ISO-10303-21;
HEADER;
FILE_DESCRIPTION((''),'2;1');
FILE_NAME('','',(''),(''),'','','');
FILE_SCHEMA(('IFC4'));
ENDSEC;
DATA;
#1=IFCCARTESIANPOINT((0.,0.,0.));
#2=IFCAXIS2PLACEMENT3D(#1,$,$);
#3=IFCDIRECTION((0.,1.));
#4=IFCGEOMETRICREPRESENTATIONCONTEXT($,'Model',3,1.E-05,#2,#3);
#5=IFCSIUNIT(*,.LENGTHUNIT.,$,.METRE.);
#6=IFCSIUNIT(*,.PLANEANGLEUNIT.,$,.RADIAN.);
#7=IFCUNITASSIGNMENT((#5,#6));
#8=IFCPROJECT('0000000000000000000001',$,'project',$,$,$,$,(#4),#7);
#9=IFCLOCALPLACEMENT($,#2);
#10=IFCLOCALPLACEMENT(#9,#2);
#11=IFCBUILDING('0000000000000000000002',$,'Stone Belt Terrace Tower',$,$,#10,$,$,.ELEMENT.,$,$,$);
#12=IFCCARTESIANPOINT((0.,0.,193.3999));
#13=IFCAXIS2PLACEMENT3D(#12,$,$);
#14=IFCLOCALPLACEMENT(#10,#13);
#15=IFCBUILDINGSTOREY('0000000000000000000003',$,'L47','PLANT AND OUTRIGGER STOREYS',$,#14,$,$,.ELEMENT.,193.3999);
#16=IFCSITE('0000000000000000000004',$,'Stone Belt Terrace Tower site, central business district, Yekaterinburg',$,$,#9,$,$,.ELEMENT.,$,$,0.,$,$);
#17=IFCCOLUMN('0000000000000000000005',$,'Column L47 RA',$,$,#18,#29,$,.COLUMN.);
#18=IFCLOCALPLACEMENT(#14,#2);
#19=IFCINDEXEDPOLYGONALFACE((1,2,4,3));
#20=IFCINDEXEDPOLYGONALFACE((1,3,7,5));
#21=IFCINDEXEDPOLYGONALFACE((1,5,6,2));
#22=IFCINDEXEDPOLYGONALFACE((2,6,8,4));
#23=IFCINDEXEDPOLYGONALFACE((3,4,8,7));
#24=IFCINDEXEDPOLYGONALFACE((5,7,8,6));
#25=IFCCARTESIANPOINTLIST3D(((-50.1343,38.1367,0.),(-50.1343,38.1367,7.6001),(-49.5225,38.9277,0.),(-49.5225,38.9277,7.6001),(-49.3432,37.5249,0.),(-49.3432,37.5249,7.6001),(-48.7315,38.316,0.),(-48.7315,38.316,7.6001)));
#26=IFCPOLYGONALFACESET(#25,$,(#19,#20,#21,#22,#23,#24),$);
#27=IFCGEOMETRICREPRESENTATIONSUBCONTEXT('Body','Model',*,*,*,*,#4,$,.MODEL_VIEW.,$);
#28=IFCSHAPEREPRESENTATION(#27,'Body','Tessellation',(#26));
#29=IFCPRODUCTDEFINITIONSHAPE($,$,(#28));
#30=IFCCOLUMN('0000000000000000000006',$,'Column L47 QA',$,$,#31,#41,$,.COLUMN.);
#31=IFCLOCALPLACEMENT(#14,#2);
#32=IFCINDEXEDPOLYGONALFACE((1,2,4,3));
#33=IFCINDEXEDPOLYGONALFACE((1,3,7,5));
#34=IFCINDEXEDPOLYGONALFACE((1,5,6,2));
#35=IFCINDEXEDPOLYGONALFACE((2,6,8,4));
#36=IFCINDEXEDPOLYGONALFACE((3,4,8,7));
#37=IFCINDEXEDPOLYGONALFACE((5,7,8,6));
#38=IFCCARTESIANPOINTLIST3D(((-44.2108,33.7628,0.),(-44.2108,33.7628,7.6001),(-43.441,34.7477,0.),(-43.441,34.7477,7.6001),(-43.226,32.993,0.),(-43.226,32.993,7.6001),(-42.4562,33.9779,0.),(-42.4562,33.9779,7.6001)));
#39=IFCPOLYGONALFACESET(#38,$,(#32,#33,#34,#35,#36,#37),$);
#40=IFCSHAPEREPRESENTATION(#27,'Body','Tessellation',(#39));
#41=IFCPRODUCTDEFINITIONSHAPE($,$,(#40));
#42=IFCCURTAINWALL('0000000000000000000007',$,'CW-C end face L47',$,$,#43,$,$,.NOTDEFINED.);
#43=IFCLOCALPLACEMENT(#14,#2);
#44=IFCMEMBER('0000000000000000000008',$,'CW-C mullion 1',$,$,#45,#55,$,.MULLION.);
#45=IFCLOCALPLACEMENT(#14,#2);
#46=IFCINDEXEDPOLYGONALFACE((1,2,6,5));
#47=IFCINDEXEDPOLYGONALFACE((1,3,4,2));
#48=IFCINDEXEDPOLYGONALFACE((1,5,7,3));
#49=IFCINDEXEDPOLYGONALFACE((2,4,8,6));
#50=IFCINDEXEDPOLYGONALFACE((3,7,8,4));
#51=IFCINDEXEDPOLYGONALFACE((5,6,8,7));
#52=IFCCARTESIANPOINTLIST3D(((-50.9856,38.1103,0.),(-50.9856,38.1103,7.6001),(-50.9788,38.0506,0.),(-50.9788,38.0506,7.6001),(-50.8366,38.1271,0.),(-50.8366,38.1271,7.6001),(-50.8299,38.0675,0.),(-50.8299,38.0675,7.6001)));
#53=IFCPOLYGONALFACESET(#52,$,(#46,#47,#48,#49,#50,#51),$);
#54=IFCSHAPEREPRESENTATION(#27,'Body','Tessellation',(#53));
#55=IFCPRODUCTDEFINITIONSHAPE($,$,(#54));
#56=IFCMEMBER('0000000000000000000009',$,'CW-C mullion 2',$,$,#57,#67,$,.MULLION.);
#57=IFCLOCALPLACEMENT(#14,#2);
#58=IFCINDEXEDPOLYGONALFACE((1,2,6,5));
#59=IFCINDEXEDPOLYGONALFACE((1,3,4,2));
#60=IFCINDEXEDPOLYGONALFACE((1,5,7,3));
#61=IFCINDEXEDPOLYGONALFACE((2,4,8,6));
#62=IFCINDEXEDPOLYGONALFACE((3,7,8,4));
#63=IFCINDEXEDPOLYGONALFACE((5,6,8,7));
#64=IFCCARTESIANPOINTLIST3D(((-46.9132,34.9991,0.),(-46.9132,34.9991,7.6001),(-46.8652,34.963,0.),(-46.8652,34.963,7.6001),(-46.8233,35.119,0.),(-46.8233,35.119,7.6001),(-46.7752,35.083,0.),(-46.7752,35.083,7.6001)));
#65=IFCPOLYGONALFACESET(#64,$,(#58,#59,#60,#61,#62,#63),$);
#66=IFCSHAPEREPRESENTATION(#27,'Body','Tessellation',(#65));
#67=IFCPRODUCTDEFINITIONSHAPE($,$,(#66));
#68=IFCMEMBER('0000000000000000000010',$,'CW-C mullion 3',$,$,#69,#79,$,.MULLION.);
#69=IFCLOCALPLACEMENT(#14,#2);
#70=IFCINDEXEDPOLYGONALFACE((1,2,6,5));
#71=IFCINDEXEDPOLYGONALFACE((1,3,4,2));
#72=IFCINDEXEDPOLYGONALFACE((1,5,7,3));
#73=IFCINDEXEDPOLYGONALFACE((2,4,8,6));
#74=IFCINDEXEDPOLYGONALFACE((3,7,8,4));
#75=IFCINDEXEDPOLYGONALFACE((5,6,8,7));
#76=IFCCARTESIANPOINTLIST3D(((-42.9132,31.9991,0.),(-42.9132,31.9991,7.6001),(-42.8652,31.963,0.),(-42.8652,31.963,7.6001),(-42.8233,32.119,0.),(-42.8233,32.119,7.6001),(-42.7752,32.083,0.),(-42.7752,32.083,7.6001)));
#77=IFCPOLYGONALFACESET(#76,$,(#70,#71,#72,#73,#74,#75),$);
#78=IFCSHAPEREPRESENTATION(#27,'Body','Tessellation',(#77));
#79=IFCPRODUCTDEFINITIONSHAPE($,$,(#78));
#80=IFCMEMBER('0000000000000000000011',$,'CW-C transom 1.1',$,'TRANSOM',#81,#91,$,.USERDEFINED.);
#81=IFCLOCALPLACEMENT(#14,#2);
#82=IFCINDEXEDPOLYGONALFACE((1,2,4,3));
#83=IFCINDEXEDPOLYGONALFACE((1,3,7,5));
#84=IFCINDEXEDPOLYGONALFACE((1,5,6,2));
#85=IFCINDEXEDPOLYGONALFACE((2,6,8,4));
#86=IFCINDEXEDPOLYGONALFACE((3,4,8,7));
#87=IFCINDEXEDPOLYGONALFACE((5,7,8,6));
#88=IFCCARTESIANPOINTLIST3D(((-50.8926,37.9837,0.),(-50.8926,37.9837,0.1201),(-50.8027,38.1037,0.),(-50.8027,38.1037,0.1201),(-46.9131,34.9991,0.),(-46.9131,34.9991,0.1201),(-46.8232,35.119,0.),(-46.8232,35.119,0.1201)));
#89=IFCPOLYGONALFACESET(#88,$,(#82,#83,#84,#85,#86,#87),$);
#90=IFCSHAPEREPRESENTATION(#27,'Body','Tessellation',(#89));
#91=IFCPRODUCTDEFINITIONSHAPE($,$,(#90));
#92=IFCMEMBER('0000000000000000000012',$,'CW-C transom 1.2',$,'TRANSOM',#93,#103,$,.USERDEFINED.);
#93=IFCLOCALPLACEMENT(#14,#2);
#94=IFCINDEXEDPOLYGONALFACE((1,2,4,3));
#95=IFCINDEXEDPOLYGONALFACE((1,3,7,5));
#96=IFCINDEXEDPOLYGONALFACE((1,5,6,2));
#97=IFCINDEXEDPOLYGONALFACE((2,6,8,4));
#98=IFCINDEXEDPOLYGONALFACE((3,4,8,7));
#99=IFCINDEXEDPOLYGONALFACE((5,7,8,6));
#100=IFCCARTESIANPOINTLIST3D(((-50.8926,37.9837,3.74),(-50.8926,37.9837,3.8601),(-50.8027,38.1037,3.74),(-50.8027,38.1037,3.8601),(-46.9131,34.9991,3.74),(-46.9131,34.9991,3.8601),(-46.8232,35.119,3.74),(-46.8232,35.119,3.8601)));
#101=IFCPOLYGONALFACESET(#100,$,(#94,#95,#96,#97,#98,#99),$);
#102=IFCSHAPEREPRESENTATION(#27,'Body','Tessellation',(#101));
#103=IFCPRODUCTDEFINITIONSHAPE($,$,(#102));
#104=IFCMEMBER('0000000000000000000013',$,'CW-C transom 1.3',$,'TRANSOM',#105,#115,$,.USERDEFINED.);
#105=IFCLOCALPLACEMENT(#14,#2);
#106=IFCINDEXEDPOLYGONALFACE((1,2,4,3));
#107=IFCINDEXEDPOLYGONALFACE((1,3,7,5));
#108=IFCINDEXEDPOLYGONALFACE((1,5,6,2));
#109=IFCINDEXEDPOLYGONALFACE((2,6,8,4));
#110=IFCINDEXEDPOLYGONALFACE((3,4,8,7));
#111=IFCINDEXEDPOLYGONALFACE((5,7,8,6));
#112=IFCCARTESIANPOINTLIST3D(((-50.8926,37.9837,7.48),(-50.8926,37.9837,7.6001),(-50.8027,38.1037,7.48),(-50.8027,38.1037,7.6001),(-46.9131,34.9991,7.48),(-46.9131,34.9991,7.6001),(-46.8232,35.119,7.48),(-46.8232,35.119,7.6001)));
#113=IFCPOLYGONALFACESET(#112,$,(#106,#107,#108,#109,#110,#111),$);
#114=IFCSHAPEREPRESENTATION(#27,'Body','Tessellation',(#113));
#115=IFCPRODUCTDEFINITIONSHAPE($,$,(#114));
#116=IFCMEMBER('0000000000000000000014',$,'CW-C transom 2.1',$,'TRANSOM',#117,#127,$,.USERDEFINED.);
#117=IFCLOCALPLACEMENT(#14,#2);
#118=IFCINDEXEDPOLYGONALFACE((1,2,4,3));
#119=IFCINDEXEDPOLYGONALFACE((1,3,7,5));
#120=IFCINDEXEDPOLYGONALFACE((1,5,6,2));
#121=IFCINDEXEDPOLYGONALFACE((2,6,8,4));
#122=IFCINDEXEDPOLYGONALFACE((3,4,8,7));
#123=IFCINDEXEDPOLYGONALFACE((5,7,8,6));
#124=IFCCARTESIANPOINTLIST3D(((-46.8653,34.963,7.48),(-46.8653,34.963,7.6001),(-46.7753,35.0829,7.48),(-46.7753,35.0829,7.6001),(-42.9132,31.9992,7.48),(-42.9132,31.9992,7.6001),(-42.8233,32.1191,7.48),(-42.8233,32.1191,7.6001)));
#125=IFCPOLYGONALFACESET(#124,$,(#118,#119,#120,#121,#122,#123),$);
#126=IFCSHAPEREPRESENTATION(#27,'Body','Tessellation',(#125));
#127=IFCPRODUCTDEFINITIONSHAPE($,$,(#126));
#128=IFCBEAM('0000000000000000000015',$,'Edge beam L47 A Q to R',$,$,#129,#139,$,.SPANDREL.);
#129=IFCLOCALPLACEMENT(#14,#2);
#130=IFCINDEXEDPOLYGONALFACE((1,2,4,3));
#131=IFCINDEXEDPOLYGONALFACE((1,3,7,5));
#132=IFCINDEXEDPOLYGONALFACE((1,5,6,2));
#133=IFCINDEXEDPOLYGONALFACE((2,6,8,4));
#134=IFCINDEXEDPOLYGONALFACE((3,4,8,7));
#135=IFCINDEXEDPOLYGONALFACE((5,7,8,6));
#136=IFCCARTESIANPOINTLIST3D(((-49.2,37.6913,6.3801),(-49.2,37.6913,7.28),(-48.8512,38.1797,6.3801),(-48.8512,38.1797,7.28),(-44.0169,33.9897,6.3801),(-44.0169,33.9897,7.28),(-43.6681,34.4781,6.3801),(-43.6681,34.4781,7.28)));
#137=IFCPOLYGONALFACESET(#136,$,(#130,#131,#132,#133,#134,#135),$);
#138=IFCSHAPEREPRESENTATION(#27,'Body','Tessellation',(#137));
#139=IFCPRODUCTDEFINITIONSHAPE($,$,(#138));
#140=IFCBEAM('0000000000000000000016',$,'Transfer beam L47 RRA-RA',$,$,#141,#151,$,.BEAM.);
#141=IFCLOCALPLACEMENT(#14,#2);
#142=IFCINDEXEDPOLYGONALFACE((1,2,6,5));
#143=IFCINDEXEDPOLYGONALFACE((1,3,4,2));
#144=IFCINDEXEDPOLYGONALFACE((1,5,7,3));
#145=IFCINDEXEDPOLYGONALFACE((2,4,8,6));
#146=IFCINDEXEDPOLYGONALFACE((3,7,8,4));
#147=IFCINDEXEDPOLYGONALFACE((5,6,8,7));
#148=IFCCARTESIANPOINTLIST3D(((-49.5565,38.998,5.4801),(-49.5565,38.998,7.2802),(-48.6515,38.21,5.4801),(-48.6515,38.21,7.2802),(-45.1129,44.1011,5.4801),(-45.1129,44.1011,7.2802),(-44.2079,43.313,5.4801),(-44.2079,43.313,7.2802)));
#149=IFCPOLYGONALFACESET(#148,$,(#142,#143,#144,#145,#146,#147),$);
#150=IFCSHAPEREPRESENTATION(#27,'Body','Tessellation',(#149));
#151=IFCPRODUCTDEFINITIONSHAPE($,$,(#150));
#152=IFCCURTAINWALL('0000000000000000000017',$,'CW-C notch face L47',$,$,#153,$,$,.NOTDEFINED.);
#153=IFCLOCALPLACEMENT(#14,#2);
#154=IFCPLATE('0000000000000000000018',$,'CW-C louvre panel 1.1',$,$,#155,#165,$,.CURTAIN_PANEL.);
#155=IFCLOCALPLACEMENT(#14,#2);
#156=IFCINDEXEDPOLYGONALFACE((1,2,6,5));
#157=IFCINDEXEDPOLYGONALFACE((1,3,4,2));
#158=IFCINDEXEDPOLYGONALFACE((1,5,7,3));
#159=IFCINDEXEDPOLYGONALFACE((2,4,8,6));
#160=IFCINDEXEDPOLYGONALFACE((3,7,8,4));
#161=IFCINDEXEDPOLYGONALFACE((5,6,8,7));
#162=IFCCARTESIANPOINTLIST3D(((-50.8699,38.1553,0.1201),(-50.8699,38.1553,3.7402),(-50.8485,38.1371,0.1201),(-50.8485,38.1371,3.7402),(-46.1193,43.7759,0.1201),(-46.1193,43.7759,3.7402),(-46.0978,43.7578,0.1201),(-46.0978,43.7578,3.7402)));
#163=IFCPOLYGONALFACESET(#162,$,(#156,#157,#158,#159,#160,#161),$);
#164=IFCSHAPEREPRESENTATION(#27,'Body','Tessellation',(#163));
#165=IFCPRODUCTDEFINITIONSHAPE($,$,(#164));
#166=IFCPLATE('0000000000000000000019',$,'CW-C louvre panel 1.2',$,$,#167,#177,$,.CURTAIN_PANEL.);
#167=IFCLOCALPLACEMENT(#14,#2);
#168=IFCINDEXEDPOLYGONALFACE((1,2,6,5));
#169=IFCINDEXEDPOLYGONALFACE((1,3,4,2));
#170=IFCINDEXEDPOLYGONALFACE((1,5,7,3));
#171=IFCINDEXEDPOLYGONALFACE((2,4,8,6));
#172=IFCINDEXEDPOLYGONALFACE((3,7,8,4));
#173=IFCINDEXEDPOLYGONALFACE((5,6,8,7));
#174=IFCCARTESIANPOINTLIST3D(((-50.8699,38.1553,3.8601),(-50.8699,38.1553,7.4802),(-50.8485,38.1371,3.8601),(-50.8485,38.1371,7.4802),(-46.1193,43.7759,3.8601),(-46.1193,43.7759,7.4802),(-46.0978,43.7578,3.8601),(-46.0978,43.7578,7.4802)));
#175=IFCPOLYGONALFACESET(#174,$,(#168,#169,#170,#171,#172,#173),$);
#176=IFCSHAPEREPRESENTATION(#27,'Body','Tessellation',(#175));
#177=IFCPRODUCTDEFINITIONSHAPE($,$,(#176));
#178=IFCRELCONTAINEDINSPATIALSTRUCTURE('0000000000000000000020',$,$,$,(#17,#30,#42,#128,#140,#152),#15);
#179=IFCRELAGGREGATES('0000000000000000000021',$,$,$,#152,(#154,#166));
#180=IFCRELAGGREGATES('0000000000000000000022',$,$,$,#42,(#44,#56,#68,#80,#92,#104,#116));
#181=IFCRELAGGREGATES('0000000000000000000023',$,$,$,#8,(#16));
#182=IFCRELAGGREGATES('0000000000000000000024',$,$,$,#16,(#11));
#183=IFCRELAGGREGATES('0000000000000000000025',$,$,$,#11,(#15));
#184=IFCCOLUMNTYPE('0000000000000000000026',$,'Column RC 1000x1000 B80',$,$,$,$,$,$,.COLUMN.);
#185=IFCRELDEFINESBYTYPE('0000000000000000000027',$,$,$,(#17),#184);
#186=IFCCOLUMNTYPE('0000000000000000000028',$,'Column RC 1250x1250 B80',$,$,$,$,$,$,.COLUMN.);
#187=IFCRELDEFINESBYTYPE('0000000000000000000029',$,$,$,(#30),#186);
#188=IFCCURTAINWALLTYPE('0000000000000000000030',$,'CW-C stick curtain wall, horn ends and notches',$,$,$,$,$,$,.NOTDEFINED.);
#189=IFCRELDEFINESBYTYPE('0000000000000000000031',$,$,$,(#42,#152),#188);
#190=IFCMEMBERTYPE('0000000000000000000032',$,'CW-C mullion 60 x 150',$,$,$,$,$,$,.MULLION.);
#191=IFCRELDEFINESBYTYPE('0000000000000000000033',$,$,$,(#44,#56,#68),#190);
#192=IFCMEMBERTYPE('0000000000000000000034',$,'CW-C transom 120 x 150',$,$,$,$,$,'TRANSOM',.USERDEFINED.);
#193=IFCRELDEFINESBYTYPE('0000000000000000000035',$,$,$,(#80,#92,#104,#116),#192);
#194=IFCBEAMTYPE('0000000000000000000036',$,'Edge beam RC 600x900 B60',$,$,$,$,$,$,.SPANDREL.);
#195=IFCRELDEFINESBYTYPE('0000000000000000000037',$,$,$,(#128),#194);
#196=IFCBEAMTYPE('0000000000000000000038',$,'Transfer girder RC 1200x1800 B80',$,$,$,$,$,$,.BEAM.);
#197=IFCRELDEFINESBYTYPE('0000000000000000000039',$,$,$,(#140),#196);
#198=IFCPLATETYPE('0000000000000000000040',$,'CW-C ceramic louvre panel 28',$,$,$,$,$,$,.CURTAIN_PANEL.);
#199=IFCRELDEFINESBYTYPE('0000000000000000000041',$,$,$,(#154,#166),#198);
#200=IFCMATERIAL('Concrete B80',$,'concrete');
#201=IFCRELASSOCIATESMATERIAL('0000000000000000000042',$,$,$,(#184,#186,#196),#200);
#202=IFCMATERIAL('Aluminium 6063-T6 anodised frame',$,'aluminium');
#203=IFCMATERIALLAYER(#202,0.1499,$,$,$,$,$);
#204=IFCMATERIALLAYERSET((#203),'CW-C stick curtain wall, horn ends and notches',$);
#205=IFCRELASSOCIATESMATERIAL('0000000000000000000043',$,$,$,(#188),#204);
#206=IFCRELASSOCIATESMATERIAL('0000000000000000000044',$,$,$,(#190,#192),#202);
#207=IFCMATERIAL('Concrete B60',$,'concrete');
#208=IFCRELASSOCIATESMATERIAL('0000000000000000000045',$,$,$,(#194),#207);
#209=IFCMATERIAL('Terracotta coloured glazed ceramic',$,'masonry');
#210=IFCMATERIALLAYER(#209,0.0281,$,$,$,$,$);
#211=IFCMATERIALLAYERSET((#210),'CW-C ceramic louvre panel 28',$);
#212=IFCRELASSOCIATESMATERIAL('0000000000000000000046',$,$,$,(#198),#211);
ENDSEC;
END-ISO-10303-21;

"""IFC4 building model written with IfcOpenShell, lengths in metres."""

from ifc_helpers import new_model, si_unit, direction, frame, origin, origin_2d, place, context, subcontext, project, spatial, rectangle, extrude, material, layer, layer_set, material_profile, profile_set, type_object, element, aggregate, save


model = new_model("IFC4")

# Units and contexts
model_context = context("Model", 3, precision=1e-05, world=origin(), true_north=direction((0.0, 1.0)))
body_context = subcontext(model_context, "Body", "Model", "MODEL_VIEW")
ifc_project = project(units=[si_unit("LENGTHUNIT", "METRE"), si_unit("PLANEANGLEUNIT", "RADIAN")], contexts=[model_context])

# Site, building, storey
site_placement = place(None, origin())
site = spatial("IfcSite", under=ifc_project, at=site_placement, Name="Stone Belt Terrace Tower site, central business district, Yekaterinburg", CompositionType="ELEMENT", RefElevation=0.0)
building_placement = place(site_placement, origin())
building = spatial("IfcBuilding", under=site, at=building_placement, Name="Stone Belt Terrace Tower", CompositionType="ELEMENT")
storey_placement = place(building_placement, frame((0.0, 0.0, 193.3999)))
storey = spatial("IfcBuildingStorey", under=building, at=storey_placement, Name="L47", Description="PLANT AND OUTRIGGER STOREYS", CompositionType="ELEMENT", Elevation=193.3999)

# Columns
ifc_material_1 = material(Name="Concrete B80", Category="concrete")
ifc_material_profile_1 = material_profile(ifc_material_1, rectangle(XDim=1.0, YDim=1.0, at=origin_2d()), Name="RC 1000x1000")
ifc_profile_set_1 = profile_set([ifc_material_profile_1], Name="Concrete B80")
column_type_1 = type_object("IfcColumnType", Name="Column RC 1000x1000 B80", PredefinedType="COLUMN", material=ifc_profile_set_1)
column_1_placement = place(storey_placement, frame((-49.4329, 38.2263, 0.0), z_axis=(0.0, 0.0, 1.0), x_axis=(0.61173, 0.791067, 0.0)))
element("IfcColumn", 1, at=column_1_placement, inside=storey, type_object=column_type_1, Name="Column L47 RA", PredefinedType="COLUMN", context=body_context, shape_type="SweptSolid", body=[
    extrude(rectangle(XDim=1.0, YDim=1.0, at=origin_2d()), origin(), (0.0, 0.0, 1.0), 7.6001),
])
ifc_material_profile_2 = material_profile(ifc_material_1, rectangle(XDim=1.25, YDim=1.25, at=origin_2d()), Name="RC 1250x1250")
ifc_profile_set_2 = profile_set([ifc_material_profile_2], Name="Concrete B80")
column_type_2 = type_object("IfcColumnType", Name="Column RC 1250x1250 B80", PredefinedType="COLUMN", material=ifc_profile_set_2)
column_2_placement = place(storey_placement, frame((-43.3335, 33.8704, 0.0), z_axis=(0.0, 0.0, 1.0), x_axis=(0.615825, 0.787883, 0.0)))
element("IfcColumn", 2, at=column_2_placement, inside=storey, type_object=column_type_2, Name="Column L47 QA", PredefinedType="COLUMN", context=body_context, shape_type="SweptSolid", body=[
    extrude(rectangle(XDim=1.25, YDim=1.25, at=origin_2d()), origin(), (0.0, 0.0, 1.0), 7.6001),
])

# Curtain wall, members
ifc_material_2 = material(Name="Aluminium 6063-T6 anodised frame", Category="aluminium")
ifc_layer_1 = layer(ifc_material_2, 0.1499)
ifc_layer_set_1 = layer_set([ifc_layer_1], Name="CW-C stick curtain wall, horn ends and notches")
curtain_wall_type = type_object("IfcCurtainWallType", Name="CW-C stick curtain wall, horn ends and notches", PredefinedType="NOTDEFINED", material=ifc_layer_set_1)
curtain_wall_1_placement = place(storey_placement, origin())
curtain_wall_1 = element("IfcCurtainWall", 3, at=curtain_wall_1_placement, inside=storey, type_object=curtain_wall_type, Name="CW-C end face L47", PredefinedType="NOTDEFINED")
ifc_material_profile_3 = material_profile(ifc_material_2, rectangle(XDim=0.1499, YDim=0.0601, at=origin_2d()), Name="Aluminium 6063-T6 60x150")
ifc_profile_set_3 = profile_set([ifc_material_profile_3], Name="Aluminium 6063-T6 anodised frame")
member_type_1 = type_object("IfcMemberType", Name="CW-C mullion 60 x 150", PredefinedType="MULLION", material=ifc_profile_set_3)
member_1_placement = place(storey_placement, frame((-50.9077, 38.0889, 0.0), z_axis=(0.0, 0.0, 1.0), x_axis=(0.993647, 0.112545, 0.0)))
member_1 = element("IfcMember", 4, at=member_1_placement, type_object=member_type_1, Name="CW-C mullion 1", PredefinedType="MULLION", context=body_context, shape_type="SweptSolid", body=[
    extrude(rectangle(XDim=0.1499, YDim=0.0601, at=origin_2d()), origin(), (0.0, 0.0, 1.0), 7.6001),
])
member_2_placement = place(storey_placement, frame((-46.8442, 35.041, 0.0), z_axis=(0.0, 0.0, 1.0), x_axis=(0.600018, 0.799987, 0.0)))
member_2 = element("IfcMember", 5, at=member_2_placement, type_object=member_type_1, Name="CW-C mullion 2", PredefinedType="MULLION", context=body_context, shape_type="SweptSolid", body=[
    extrude(rectangle(XDim=0.1499, YDim=0.0601, at=origin_2d()), origin(), (0.0, 0.0, 1.0), 7.6001),
])
member_3_placement = place(storey_placement, frame((-42.8442, 32.041, 0.0), z_axis=(0.0, 0.0, 1.0), x_axis=(0.600018, 0.799987, 0.0)))
member_3 = element("IfcMember", 6, at=member_3_placement, type_object=member_type_1, Name="CW-C mullion 3", PredefinedType="MULLION", context=body_context, shape_type="SweptSolid", body=[
    extrude(rectangle(XDim=0.1499, YDim=0.0601, at=origin_2d()), origin(), (0.0, 0.0, 1.0), 7.6001),
])
ifc_material_profile_4 = material_profile(ifc_material_2, rectangle(XDim=0.1499, YDim=0.1201, at=origin_2d()), Name="Aluminium 6063-T6 150x120")
ifc_profile_set_4 = profile_set([ifc_material_profile_4], Name="Aluminium 6063-T6 anodised frame")
member_type_2 = type_object("IfcMemberType", Name="CW-C transom 120 x 150", ElementType="TRANSOM", PredefinedType="USERDEFINED", material=ifc_profile_set_4)
member_4_placement = place(storey_placement, frame((-50.8477, 38.0437, 0.0601), z_axis=(0.8, -0.6, 0.0), x_axis=(0.6, 0.8, 0.0)))
member_4 = element("IfcMember", 7, at=member_4_placement, type_object=member_type_2, Name="CW-C transom 1.1", ObjectType="TRANSOM", PredefinedType="USERDEFINED", context=body_context, shape_type="SweptSolid", body=[
    extrude(rectangle(XDim=0.1499, YDim=0.1201, at=origin_2d()), origin(), (0.0, 0.0, 1.0), 4.9744),
])
member_5_placement = place(storey_placement, frame((-50.8477, 38.0437, 3.8), z_axis=(0.8, -0.6, 0.0), x_axis=(0.6, 0.8, 0.0)))
member_5 = element("IfcMember", 8, at=member_5_placement, type_object=member_type_2, Name="CW-C transom 1.2", ObjectType="TRANSOM", PredefinedType="USERDEFINED", context=body_context, shape_type="SweptSolid", body=[
    extrude(rectangle(XDim=0.1499, YDim=0.1201, at=origin_2d()), origin(), (0.0, 0.0, 1.0), 4.9744),
])
member_6_placement = place(storey_placement, frame((-50.8477, 38.0437, 7.54), z_axis=(0.8, -0.6, 0.0), x_axis=(0.6, 0.8, 0.0)))
member_6 = element("IfcMember", 9, at=member_6_placement, type_object=member_type_2, Name="CW-C transom 1.3", ObjectType="TRANSOM", PredefinedType="USERDEFINED", context=body_context, shape_type="SweptSolid", body=[
    extrude(rectangle(XDim=0.1499, YDim=0.1201, at=origin_2d()), origin(), (0.0, 0.0, 1.0), 4.9744),
])
member_7_placement = place(storey_placement, frame((-46.8203, 35.0229, 7.54), z_axis=(0.800024, -0.599968, 0.0), x_axis=(0.599968, 0.800024, 0.0)))
member_7 = element("IfcMember", 10, at=member_7_placement, type_object=member_type_2, Name="CW-C transom 2.1", ObjectType="TRANSOM", PredefinedType="USERDEFINED", context=body_context, shape_type="SweptSolid", body=[
    extrude(rectangle(XDim=0.1499, YDim=0.1201, at=origin_2d()), origin(), (0.0, 0.0, 1.0), 4.9399),
])

# Beams
ifc_material_3 = material(Name="Concrete B60", Category="concrete")
ifc_material_profile_5 = material_profile(ifc_material_3, rectangle(XDim=0.6001, YDim=0.8999, at=origin_2d()), Name="RC 600x900")
ifc_profile_set_5 = profile_set([ifc_material_profile_5], Name="Concrete B60")
beam_type_1 = type_object("IfcBeamType", Name="Edge beam RC 600x900 B60", PredefinedType="SPANDREL", material=ifc_profile_set_5)
beam_1_placement = place(storey_placement, frame((-43.8425, 34.2339, 6.8301), z_axis=(-0.813775, 0.58118, 0.0), x_axis=(-0.58118, -0.813775, 0.0)))
element("IfcBeam", 11, at=beam_1_placement, inside=storey, type_object=beam_type_1, Name="Edge beam L47 A Q to R", PredefinedType="SPANDREL", context=body_context, shape_type="SweptSolid", body=[
    extrude(rectangle(XDim=0.6001, YDim=0.8999, at=origin_2d()), origin(), (0.0, 0.0, 1.0), 6.3691),
])
ifc_material_profile_6 = material_profile(ifc_material_1, rectangle(XDim=1.2, YDim=1.8, at=origin_2d()), Name="RC 1200x1800")
ifc_profile_set_6 = profile_set([ifc_material_profile_6], Name="Concrete B80")
beam_type_2 = type_object("IfcBeamType", Name="Transfer girder RC 1200x1800 B80", PredefinedType="BEAM", material=ifc_profile_set_6)
beam_2_placement = place(storey_placement, frame((-49.104, 38.604, 6.3801), z_axis=(0.656699, 0.754152, 0.0), x_axis=(-0.754152, 0.656699, 0.0)))
element("IfcBeam", 12, at=beam_2_placement, inside=storey, type_object=beam_type_2, Name="Transfer beam L47 RRA-RA", PredefinedType="BEAM", context=body_context, shape_type="SweptSolid", body=[
    extrude(rectangle(XDim=1.2, YDim=1.8, at=origin_2d()), origin(), (0.0, 0.0, 1.0), 6.7666),
])

# Curtain wall, plates
curtain_wall_2_placement = place(storey_placement, origin())
curtain_wall_2 = element("IfcCurtainWall", 13, at=curtain_wall_2_placement, inside=storey, type_object=curtain_wall_type, Name="CW-C notch face L47", PredefinedType="NOTDEFINED")
ifc_material_4 = material(Name="Terracotta coloured glazed ceramic", Category="masonry")
ifc_layer_2 = layer(ifc_material_4, 0.0281)
ifc_layer_set_2 = layer_set([ifc_layer_2], Name="CW-C ceramic louvre panel 28")
plate_type = type_object("IfcPlateType", Name="CW-C ceramic louvre panel 28", PredefinedType="CURTAIN_PANEL", material=ifc_layer_set_2)
plate_1_placement = place(storey_placement, frame((-48.4839, 40.9565, 0.1201), z_axis=(0.0, 0.0, 1.0), x_axis=(-0.645521, -0.763742, 0.0)))
plate_1 = element("IfcPlate", 14, at=plate_1_placement, type_object=plate_type, Name="CW-C louvre panel 1.1", PredefinedType="CURTAIN_PANEL", context=body_context, shape_type="SweptSolid", body=[
    extrude(rectangle(XDim=7.3594, YDim=0.0281, at=origin_2d()), origin(), (0.0, 0.0, 1.0), 3.6201),
])
plate_2_placement = place(storey_placement, frame((-48.4839, 40.9565, 3.8601), z_axis=(0.0, 0.0, 1.0), x_axis=(-0.645521, -0.763742, 0.0)))
plate_2 = element("IfcPlate", 15, at=plate_2_placement, type_object=plate_type, Name="CW-C louvre panel 1.2", PredefinedType="CURTAIN_PANEL", context=body_context, shape_type="SweptSolid", body=[
    extrude(rectangle(XDim=7.3594, YDim=0.0281, at=origin_2d()), origin(), (0.0, 0.0, 1.0), 3.6201),
])
aggregate(curtain_wall_2, [plate_1, plate_2])

aggregate(curtain_wall_1, [member_1, member_2, member_3, member_4, member_5, member_6, member_7])

save(model, "model.ifc")
